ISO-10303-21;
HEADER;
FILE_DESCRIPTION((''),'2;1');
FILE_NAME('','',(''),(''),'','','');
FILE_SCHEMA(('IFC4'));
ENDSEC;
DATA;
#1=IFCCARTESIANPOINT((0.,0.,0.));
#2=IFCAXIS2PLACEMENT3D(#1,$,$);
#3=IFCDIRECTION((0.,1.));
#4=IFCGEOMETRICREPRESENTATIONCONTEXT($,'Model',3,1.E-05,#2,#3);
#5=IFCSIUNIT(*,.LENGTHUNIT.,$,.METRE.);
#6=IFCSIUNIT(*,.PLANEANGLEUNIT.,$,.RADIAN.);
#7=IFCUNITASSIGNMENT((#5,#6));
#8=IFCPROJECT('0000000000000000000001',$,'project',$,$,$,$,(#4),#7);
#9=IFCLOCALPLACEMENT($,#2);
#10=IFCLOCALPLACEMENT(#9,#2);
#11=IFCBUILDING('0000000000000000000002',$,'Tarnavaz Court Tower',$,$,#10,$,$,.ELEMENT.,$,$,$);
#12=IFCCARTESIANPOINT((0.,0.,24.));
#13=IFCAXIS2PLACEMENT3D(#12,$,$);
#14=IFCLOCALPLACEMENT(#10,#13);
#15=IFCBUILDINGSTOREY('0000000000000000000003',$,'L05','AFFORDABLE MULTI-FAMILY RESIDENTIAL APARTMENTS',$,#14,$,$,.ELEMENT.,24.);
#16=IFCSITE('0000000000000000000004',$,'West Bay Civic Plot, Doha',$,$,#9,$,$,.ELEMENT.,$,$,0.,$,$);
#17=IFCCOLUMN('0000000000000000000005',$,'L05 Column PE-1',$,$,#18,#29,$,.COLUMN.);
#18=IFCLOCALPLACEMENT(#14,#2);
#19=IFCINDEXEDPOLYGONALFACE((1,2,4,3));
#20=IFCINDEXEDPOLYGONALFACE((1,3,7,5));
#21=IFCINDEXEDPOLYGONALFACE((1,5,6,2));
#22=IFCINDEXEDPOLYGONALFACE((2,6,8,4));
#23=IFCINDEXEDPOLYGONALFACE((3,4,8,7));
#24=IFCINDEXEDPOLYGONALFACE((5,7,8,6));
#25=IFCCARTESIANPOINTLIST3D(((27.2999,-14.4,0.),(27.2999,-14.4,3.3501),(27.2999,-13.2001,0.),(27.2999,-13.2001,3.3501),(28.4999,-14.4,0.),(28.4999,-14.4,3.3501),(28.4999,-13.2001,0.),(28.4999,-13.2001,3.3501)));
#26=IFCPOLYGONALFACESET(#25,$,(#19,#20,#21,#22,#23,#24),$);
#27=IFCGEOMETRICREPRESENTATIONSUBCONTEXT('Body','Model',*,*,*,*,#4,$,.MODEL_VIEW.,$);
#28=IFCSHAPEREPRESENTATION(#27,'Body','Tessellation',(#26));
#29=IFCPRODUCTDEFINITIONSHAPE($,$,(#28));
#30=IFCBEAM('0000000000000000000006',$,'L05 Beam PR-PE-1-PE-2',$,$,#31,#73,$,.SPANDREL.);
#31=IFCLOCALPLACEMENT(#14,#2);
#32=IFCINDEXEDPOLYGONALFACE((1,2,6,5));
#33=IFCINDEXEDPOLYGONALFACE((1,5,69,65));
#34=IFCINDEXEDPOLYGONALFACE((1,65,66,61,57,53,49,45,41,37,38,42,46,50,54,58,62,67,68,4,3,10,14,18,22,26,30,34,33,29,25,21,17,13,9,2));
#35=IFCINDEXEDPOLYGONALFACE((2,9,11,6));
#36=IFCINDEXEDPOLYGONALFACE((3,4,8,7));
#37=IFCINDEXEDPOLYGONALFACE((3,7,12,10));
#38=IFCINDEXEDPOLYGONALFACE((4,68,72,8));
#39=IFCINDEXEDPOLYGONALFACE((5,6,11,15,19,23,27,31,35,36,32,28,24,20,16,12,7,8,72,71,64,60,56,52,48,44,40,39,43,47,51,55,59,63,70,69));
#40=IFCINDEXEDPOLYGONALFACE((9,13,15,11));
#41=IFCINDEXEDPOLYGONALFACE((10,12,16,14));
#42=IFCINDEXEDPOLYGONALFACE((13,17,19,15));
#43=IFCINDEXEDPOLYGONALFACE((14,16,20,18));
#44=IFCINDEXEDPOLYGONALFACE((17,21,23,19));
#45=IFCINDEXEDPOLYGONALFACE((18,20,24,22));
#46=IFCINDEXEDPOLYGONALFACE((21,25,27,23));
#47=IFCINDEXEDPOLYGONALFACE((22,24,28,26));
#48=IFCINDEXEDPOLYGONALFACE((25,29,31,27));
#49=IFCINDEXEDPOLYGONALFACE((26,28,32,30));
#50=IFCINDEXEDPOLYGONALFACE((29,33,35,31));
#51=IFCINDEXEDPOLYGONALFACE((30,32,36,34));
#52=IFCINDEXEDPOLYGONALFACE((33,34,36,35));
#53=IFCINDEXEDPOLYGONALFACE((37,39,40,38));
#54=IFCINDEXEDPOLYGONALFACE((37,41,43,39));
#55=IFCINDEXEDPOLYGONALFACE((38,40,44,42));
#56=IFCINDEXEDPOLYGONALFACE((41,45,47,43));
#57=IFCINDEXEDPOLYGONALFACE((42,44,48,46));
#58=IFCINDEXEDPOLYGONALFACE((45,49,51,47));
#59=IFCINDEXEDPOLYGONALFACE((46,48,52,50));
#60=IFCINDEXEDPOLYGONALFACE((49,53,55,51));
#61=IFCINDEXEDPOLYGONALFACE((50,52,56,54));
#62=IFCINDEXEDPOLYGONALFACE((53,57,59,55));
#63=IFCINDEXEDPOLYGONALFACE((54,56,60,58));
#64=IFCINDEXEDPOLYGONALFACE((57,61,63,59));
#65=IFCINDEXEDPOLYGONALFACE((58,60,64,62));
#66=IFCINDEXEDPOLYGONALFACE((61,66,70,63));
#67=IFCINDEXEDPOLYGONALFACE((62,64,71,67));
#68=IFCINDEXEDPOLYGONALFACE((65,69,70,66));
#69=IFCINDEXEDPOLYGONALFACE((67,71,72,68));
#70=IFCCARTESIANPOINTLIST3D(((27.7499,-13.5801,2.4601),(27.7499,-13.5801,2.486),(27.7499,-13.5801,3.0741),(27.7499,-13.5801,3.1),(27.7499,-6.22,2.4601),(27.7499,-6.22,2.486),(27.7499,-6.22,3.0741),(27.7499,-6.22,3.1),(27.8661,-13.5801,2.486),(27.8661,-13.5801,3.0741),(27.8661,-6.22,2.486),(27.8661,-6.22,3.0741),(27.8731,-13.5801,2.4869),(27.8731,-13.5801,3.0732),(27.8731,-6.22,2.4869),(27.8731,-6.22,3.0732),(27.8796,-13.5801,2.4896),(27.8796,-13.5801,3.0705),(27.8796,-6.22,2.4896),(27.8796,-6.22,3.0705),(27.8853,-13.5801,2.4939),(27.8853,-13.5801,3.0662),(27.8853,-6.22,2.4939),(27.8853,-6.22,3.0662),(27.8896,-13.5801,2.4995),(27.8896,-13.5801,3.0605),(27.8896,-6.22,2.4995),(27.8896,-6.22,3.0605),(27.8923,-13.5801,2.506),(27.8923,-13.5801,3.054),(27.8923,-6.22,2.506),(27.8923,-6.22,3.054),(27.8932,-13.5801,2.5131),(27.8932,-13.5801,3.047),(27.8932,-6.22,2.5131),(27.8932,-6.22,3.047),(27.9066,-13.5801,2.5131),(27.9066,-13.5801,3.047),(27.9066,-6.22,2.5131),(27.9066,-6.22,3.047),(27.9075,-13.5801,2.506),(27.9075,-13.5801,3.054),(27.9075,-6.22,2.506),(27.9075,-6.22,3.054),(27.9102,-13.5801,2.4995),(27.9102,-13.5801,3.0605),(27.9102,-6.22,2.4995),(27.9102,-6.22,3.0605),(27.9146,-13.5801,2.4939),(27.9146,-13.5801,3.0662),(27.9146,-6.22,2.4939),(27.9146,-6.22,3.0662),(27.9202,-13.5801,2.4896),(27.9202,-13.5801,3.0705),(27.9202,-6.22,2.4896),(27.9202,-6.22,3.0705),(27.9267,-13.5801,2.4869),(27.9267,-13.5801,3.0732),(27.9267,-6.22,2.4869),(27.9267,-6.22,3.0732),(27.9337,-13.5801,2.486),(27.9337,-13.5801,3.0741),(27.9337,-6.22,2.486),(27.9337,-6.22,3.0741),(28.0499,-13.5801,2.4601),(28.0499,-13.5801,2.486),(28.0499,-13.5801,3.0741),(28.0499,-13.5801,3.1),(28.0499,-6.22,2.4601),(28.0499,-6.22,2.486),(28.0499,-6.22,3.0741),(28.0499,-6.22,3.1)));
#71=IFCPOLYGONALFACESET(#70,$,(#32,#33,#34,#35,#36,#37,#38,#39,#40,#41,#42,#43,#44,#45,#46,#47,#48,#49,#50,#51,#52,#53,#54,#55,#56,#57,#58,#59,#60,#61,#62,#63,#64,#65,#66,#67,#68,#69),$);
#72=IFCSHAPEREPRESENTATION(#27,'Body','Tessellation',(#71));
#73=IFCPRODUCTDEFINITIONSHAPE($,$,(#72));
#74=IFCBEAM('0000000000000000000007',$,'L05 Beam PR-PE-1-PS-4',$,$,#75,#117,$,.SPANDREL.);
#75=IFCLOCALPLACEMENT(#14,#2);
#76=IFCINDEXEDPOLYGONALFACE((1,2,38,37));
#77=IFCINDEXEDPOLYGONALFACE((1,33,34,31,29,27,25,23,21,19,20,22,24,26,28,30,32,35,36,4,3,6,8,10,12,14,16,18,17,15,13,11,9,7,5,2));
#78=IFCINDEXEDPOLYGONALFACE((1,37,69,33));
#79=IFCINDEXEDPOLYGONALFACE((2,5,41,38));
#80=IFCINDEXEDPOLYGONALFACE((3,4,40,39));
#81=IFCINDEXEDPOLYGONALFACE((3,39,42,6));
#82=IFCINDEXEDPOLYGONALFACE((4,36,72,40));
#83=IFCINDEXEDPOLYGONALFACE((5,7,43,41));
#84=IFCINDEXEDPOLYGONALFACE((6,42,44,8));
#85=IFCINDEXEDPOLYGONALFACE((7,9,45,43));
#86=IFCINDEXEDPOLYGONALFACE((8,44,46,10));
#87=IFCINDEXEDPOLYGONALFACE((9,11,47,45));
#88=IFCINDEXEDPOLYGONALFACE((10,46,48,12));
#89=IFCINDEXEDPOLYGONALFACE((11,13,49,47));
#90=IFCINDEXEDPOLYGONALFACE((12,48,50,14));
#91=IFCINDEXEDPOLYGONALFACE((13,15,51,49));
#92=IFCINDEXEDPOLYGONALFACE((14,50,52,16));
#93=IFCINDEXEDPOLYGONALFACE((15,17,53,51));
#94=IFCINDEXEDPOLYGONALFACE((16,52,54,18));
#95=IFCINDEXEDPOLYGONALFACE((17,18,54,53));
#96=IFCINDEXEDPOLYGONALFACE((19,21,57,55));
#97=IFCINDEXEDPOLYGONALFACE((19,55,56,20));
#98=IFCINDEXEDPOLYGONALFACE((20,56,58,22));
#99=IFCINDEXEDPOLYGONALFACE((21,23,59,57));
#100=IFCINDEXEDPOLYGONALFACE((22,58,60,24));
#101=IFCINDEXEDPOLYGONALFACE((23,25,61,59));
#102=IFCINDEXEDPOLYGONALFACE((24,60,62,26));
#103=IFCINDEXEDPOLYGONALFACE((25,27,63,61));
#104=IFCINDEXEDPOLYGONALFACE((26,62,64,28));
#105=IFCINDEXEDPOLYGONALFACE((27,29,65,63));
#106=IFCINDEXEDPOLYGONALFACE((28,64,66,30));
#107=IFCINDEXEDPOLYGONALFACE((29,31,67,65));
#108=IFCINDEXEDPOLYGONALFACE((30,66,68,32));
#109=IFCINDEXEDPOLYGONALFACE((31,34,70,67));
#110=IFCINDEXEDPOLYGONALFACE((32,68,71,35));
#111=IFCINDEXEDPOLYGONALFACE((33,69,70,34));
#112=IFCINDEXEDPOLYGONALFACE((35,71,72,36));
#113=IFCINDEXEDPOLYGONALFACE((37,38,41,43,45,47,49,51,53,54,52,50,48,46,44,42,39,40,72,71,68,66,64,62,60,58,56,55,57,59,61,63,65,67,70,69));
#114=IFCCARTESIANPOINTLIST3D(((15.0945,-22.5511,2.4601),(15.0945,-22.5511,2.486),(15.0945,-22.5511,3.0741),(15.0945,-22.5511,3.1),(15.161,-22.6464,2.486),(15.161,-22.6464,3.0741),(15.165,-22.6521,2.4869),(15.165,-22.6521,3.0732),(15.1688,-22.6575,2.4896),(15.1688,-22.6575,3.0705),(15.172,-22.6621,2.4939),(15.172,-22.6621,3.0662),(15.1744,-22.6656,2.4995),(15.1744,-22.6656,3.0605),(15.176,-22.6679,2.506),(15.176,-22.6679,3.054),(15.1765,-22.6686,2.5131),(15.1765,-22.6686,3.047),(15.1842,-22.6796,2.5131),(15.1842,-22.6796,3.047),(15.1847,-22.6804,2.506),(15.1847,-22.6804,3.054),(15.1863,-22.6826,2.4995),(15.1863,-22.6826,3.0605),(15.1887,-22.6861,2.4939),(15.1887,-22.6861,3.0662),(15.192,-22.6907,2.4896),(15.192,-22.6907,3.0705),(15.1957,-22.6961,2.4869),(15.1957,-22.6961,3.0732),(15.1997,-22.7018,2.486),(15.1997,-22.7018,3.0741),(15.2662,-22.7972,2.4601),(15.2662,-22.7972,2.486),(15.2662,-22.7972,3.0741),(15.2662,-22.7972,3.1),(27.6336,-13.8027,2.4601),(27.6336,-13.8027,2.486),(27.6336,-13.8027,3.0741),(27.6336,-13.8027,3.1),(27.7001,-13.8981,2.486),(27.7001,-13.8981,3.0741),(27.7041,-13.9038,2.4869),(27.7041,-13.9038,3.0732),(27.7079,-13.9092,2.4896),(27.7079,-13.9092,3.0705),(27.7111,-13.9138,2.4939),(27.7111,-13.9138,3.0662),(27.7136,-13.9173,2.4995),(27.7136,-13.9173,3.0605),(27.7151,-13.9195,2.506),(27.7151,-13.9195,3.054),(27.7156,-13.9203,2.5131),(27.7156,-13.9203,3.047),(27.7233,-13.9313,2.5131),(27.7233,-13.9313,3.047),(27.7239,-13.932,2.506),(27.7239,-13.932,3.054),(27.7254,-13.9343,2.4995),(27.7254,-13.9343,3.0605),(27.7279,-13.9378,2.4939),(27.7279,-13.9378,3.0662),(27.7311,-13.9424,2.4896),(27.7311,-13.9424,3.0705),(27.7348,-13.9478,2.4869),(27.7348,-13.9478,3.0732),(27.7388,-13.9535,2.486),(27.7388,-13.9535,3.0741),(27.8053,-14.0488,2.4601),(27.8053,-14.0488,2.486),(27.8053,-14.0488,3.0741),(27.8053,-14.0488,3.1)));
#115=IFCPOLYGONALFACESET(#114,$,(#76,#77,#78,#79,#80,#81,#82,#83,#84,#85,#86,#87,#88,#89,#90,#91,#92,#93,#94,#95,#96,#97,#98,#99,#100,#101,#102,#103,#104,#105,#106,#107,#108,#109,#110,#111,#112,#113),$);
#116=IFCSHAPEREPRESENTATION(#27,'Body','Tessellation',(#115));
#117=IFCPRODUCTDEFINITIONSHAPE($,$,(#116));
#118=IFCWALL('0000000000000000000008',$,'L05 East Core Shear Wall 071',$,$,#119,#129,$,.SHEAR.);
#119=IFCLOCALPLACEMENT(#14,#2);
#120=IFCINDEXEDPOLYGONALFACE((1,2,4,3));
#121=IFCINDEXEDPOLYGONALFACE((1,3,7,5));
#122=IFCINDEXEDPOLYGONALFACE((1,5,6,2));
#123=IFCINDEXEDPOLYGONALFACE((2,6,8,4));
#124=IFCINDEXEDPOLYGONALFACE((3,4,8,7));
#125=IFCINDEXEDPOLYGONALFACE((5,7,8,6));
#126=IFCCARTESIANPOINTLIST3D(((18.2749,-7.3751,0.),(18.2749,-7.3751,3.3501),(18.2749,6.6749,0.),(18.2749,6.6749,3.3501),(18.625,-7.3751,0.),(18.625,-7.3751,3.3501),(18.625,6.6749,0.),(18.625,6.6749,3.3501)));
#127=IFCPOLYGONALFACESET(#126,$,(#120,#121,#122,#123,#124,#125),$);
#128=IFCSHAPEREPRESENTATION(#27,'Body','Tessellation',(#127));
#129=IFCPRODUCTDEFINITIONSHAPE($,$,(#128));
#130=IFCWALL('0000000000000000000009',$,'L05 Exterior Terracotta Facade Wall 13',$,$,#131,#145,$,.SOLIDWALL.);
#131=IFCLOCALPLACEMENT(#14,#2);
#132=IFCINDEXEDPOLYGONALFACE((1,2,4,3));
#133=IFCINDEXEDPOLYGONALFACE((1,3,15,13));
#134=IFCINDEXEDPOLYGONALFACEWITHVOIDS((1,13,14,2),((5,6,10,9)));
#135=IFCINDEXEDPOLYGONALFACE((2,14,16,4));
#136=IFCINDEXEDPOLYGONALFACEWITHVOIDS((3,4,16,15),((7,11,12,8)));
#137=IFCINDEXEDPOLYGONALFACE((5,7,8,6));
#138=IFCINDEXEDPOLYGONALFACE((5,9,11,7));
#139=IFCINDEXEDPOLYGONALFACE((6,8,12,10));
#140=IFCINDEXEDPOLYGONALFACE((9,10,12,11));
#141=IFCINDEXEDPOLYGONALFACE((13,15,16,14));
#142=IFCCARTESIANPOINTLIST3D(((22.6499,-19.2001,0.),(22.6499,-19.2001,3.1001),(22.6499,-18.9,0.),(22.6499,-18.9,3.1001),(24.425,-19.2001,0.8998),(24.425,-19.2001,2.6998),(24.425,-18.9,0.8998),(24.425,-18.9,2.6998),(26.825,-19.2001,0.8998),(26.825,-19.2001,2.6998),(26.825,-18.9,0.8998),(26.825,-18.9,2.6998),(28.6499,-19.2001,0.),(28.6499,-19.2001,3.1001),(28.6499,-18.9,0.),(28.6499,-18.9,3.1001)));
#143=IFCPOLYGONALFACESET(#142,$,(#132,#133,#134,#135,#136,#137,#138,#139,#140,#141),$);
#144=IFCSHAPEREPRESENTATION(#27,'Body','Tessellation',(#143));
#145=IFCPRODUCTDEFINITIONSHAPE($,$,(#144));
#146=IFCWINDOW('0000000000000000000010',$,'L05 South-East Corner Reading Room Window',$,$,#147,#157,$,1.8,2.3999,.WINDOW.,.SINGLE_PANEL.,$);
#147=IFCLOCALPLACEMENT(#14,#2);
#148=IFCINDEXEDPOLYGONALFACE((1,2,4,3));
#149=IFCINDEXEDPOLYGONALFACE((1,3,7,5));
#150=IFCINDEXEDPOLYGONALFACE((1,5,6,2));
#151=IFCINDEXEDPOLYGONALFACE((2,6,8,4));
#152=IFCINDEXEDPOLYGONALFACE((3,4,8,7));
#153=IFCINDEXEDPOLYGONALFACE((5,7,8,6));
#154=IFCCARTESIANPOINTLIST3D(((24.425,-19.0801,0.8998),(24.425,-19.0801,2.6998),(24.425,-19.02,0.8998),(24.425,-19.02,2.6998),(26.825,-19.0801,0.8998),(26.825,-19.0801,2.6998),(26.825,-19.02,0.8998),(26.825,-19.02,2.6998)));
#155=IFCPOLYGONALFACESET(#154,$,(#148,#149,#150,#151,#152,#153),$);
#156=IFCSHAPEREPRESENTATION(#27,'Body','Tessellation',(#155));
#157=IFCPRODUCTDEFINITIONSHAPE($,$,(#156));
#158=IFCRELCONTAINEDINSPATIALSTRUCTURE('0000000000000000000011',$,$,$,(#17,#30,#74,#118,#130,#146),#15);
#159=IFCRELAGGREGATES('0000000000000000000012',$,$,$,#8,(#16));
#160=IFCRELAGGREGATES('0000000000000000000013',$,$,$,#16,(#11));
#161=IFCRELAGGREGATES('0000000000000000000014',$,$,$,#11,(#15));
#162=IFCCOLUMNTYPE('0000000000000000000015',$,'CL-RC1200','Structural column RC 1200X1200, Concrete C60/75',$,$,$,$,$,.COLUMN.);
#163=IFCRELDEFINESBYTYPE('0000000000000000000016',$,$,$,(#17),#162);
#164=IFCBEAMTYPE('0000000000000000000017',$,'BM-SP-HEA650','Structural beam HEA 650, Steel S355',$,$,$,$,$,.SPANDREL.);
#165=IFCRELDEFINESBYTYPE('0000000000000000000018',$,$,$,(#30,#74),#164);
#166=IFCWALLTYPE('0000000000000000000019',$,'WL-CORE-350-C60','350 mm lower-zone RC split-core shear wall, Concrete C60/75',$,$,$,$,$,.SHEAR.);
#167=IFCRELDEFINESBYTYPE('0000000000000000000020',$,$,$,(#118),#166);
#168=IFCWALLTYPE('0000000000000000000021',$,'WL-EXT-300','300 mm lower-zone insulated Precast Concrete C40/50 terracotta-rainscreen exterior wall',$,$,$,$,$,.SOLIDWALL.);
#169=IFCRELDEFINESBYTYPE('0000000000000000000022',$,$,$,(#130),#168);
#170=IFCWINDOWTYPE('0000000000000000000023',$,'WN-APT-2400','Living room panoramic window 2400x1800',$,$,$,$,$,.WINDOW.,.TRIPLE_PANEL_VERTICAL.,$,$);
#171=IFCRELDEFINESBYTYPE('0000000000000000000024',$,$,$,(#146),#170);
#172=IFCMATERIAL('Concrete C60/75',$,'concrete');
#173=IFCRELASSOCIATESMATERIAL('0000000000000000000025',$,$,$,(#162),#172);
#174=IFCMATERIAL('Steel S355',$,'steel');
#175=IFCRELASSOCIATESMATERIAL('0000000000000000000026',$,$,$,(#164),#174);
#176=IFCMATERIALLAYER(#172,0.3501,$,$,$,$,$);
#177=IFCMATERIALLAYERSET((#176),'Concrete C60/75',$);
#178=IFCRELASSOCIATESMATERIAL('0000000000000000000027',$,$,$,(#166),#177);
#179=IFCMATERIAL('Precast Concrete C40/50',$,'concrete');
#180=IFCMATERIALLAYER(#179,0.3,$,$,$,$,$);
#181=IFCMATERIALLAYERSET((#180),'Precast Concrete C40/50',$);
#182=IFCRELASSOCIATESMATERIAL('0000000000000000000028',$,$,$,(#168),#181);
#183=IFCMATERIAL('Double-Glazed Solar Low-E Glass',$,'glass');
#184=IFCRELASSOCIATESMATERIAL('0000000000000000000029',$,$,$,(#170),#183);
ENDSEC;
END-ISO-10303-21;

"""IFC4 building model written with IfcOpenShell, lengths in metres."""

from ifc_helpers import new_model, si_unit, direction, frame, frame_2d, origin, origin_2d, place, context, subcontext, project, spatial, rectangle, i_section, extrude, material, layer, layer_set, material_profile, profile_set, type_object, element, fill, save


model = new_model("IFC4")

# Units and contexts
model_context = context("Model", 3, precision=1e-05, world=origin(), true_north=direction((0.0, 1.0)))
body_context = subcontext(model_context, "Body", "Model", "MODEL_VIEW")
ifc_project = project(units=[si_unit("LENGTHUNIT", "METRE"), si_unit("PLANEANGLEUNIT", "RADIAN")], contexts=[model_context])

# Site, building, storey
site_placement = place(None, origin())
site = spatial("IfcSite", under=ifc_project, at=site_placement, Name="West Bay Civic Plot, Doha", CompositionType="ELEMENT", RefElevation=0.0)
building_placement = place(site_placement, origin())
building = spatial("IfcBuilding", under=site, at=building_placement, Name="Tarnavaz Court Tower", CompositionType="ELEMENT")
storey_placement = place(building_placement, frame((0.0, 0.0, 24.0)))
storey = spatial("IfcBuildingStorey", under=building, at=storey_placement, Name="L05", Description="AFFORDABLE MULTI-FAMILY RESIDENTIAL APARTMENTS", CompositionType="ELEMENT", Elevation=24.0)

# Column
ifc_material_1 = material(Name="Concrete C60/75", Category="concrete")
ifc_material_profile_1 = material_profile(ifc_material_1, rectangle(XDim=1.2, YDim=1.2, at=origin_2d()), Name="RC 1200X1200")
ifc_profile_set_1 = profile_set([ifc_material_profile_1], Name="Concrete C60/75")
column_type = type_object("IfcColumnType", Name="CL-RC1200", Description="Structural column RC 1200X1200, Concrete C60/75", PredefinedType="COLUMN", material=ifc_profile_set_1)
column_placement = place(storey_placement, frame((27.8999, -13.8, 0.0), z_axis=(0.0, 0.0, 1.0), x_axis=(1.0, 0.0, 0.0)))
element("IfcColumn", 1, at=column_placement, inside=storey, type_object=column_type, Name="L05 Column PE-1", PredefinedType="COLUMN", context=body_context, shape_type="SweptSolid", body=[
    extrude(rectangle(XDim=1.2, YDim=1.2, at=origin_2d()), origin(), (0.0, 0.0, 1.0), 3.3501),
])

# Beams
ifc_material_2 = material(Name="Steel S355", Category="steel")
ifc_material_profile_2 = material_profile(ifc_material_2, i_section(OverallWidth=0.3, OverallDepth=0.6399, WebThickness=0.0134, FlangeThickness=0.0259, FilletRadius=0.0271, at=origin_2d()), Name="HEA 650")
ifc_profile_set_2 = profile_set([ifc_material_profile_2], Name="Steel S355")
beam_type = type_object("IfcBeamType", Name="BM-SP-HEA650", Description="Structural beam HEA 650, Steel S355", PredefinedType="SPANDREL", material=ifc_profile_set_2)
beam_1_placement = place(storey_placement, frame((27.8999, -13.5801, 2.78), z_axis=(0.0, 1.0, 0.0), x_axis=(-1.0, 0.0, 0.0)))
element("IfcBeam", 2, at=beam_1_placement, inside=storey, type_object=beam_type, Name="L05 Beam PR-PE-1-PE-2", PredefinedType="SPANDREL", context=body_context, shape_type="SweptSolid", body=[
    extrude(i_section(OverallWidth=0.3, OverallDepth=0.6399, WebThickness=0.0134, FlangeThickness=0.0259, FilletRadius=0.0271, at=origin_2d()), origin(), (0.0, 0.0, 1.0), 7.3601),
])
beam_2_placement = place(storey_placement, frame((27.7195, -13.9258, 2.78), z_axis=(-0.820124, -0.572186, 0.0), x_axis=(0.572186, -0.820124, 0.0)))
element("IfcBeam", 3, at=beam_2_placement, inside=storey, type_object=beam_type, Name="L05 Beam PR-PE-1-PS-4", PredefinedType="SPANDREL", context=body_context, shape_type="SweptSolid", body=[
    extrude(i_section(OverallWidth=0.3, OverallDepth=0.6399, WebThickness=0.0134, FlangeThickness=0.0259, FilletRadius=0.0271, at=origin_2d()), origin(), (0.0, 0.0, 1.0), 15.2893),
])

# Wall
ifc_layer_1 = layer(ifc_material_1, 0.3501)
ifc_layer_set_1 = layer_set([ifc_layer_1], Name="Concrete C60/75")
wall_type_1 = type_object("IfcWallType", Name="WL-CORE-350-C60", Description="350 mm lower-zone RC split-core shear wall, Concrete C60/75", PredefinedType="SHEAR", material=ifc_layer_set_1)
wall_1_placement = place(storey_placement, frame((18.45, -7.375, 0.0), z_axis=(0.0, 0.0, 1.0), x_axis=(0.0, 1.0, 0.0)))
element("IfcWall", 4, at=wall_1_placement, inside=storey, type_object=wall_type_1, Name="L05 East Core Shear Wall 071", PredefinedType="SHEAR", context=body_context, shape_type="SweptSolid", body=[
    extrude(rectangle(XDim=14.05, YDim=0.3501, at=frame_2d((7.0249, 0.0))), origin(), (0.0, 0.0, 1.0), 3.3501),
])

# Wall, opening, window
ifc_material_3 = material(Name="Precast Concrete C40/50", Category="concrete")
ifc_layer_2 = layer(ifc_material_3, 0.3)
ifc_layer_set_2 = layer_set([ifc_layer_2], Name="Precast Concrete C40/50")
wall_type_2 = type_object("IfcWallType", Name="WL-EXT-300", Description="300 mm lower-zone insulated Precast Concrete C40/50 terracotta-rainscreen exterior wall", PredefinedType="SOLIDWALL", material=ifc_layer_set_2)
wall_2_placement = place(storey_placement, frame((28.6499, -19.05, 0.0), z_axis=(0.0, 0.0, 1.0), x_axis=(-1.0, 0.0, 0.0)))
wall_2 = element("IfcWall", 5, at=wall_2_placement, inside=storey, type_object=wall_type_2, Name="L05 Exterior Terracotta Facade Wall 13", PredefinedType="SOLIDWALL", context=body_context, shape_type="SweptSolid", body=[
    extrude(rectangle(XDim=6.0, YDim=0.3, at=frame_2d((3.0, 0.0))), origin(), (0.0, 0.0, 1.0), 3.1001),
])
opening_1_placement = place(wall_2_placement, frame((1.825, 0.0, 0.8999)))
opening_1 = element("IfcOpeningElement", 6, at=opening_1_placement, cuts=wall_2, PredefinedType="OPENING", context=body_context, shape_type="SweptSolid", body=[
    extrude(rectangle(XDim=2.3999, YDim=1.8, at=frame_2d((1.2, 0.8999))), frame((0.0, 0.1599, 0.0), z_axis=(0.0, -1.0, 0.0), x_axis=(1.0, 0.0, 0.0)), (0.0, 0.0, 1.0), 0.3201),
])
ifc_material_4 = material(Name="Double-Glazed Solar Low-E Glass", Category="glass")
window_type_1 = type_object("IfcWindowType", Name="WN-APT-2400", Description="Living room panoramic window 2400x1800", PartitioningType="TRIPLE_PANEL_VERTICAL", PredefinedType="WINDOW", material=ifc_material_4)
window_1_placement = place(opening_1_placement, origin())
window_1 = element("IfcWindow", 7, at=window_1_placement, inside=storey, type_object=window_type_1, Name="L05 South-East Corner Reading Room Window", OverallHeight=1.8, OverallWidth=2.3999, PartitioningType="SINGLE_PANEL", PredefinedType="WINDOW", context=body_context, shape_type="SweptSolid", body=[
    extrude(rectangle(XDim=2.3999, YDim=1.8, at=frame_2d((1.2, 0.8999))), frame((0.0, 0.03, 0.0), z_axis=(0.0, -1.0, 0.0), x_axis=(1.0, 0.0, 0.0)), (0.0, 0.0, 1.0), 0.0601),
])
fill(opening_1, window_1)

save(model, "model.ifc")
